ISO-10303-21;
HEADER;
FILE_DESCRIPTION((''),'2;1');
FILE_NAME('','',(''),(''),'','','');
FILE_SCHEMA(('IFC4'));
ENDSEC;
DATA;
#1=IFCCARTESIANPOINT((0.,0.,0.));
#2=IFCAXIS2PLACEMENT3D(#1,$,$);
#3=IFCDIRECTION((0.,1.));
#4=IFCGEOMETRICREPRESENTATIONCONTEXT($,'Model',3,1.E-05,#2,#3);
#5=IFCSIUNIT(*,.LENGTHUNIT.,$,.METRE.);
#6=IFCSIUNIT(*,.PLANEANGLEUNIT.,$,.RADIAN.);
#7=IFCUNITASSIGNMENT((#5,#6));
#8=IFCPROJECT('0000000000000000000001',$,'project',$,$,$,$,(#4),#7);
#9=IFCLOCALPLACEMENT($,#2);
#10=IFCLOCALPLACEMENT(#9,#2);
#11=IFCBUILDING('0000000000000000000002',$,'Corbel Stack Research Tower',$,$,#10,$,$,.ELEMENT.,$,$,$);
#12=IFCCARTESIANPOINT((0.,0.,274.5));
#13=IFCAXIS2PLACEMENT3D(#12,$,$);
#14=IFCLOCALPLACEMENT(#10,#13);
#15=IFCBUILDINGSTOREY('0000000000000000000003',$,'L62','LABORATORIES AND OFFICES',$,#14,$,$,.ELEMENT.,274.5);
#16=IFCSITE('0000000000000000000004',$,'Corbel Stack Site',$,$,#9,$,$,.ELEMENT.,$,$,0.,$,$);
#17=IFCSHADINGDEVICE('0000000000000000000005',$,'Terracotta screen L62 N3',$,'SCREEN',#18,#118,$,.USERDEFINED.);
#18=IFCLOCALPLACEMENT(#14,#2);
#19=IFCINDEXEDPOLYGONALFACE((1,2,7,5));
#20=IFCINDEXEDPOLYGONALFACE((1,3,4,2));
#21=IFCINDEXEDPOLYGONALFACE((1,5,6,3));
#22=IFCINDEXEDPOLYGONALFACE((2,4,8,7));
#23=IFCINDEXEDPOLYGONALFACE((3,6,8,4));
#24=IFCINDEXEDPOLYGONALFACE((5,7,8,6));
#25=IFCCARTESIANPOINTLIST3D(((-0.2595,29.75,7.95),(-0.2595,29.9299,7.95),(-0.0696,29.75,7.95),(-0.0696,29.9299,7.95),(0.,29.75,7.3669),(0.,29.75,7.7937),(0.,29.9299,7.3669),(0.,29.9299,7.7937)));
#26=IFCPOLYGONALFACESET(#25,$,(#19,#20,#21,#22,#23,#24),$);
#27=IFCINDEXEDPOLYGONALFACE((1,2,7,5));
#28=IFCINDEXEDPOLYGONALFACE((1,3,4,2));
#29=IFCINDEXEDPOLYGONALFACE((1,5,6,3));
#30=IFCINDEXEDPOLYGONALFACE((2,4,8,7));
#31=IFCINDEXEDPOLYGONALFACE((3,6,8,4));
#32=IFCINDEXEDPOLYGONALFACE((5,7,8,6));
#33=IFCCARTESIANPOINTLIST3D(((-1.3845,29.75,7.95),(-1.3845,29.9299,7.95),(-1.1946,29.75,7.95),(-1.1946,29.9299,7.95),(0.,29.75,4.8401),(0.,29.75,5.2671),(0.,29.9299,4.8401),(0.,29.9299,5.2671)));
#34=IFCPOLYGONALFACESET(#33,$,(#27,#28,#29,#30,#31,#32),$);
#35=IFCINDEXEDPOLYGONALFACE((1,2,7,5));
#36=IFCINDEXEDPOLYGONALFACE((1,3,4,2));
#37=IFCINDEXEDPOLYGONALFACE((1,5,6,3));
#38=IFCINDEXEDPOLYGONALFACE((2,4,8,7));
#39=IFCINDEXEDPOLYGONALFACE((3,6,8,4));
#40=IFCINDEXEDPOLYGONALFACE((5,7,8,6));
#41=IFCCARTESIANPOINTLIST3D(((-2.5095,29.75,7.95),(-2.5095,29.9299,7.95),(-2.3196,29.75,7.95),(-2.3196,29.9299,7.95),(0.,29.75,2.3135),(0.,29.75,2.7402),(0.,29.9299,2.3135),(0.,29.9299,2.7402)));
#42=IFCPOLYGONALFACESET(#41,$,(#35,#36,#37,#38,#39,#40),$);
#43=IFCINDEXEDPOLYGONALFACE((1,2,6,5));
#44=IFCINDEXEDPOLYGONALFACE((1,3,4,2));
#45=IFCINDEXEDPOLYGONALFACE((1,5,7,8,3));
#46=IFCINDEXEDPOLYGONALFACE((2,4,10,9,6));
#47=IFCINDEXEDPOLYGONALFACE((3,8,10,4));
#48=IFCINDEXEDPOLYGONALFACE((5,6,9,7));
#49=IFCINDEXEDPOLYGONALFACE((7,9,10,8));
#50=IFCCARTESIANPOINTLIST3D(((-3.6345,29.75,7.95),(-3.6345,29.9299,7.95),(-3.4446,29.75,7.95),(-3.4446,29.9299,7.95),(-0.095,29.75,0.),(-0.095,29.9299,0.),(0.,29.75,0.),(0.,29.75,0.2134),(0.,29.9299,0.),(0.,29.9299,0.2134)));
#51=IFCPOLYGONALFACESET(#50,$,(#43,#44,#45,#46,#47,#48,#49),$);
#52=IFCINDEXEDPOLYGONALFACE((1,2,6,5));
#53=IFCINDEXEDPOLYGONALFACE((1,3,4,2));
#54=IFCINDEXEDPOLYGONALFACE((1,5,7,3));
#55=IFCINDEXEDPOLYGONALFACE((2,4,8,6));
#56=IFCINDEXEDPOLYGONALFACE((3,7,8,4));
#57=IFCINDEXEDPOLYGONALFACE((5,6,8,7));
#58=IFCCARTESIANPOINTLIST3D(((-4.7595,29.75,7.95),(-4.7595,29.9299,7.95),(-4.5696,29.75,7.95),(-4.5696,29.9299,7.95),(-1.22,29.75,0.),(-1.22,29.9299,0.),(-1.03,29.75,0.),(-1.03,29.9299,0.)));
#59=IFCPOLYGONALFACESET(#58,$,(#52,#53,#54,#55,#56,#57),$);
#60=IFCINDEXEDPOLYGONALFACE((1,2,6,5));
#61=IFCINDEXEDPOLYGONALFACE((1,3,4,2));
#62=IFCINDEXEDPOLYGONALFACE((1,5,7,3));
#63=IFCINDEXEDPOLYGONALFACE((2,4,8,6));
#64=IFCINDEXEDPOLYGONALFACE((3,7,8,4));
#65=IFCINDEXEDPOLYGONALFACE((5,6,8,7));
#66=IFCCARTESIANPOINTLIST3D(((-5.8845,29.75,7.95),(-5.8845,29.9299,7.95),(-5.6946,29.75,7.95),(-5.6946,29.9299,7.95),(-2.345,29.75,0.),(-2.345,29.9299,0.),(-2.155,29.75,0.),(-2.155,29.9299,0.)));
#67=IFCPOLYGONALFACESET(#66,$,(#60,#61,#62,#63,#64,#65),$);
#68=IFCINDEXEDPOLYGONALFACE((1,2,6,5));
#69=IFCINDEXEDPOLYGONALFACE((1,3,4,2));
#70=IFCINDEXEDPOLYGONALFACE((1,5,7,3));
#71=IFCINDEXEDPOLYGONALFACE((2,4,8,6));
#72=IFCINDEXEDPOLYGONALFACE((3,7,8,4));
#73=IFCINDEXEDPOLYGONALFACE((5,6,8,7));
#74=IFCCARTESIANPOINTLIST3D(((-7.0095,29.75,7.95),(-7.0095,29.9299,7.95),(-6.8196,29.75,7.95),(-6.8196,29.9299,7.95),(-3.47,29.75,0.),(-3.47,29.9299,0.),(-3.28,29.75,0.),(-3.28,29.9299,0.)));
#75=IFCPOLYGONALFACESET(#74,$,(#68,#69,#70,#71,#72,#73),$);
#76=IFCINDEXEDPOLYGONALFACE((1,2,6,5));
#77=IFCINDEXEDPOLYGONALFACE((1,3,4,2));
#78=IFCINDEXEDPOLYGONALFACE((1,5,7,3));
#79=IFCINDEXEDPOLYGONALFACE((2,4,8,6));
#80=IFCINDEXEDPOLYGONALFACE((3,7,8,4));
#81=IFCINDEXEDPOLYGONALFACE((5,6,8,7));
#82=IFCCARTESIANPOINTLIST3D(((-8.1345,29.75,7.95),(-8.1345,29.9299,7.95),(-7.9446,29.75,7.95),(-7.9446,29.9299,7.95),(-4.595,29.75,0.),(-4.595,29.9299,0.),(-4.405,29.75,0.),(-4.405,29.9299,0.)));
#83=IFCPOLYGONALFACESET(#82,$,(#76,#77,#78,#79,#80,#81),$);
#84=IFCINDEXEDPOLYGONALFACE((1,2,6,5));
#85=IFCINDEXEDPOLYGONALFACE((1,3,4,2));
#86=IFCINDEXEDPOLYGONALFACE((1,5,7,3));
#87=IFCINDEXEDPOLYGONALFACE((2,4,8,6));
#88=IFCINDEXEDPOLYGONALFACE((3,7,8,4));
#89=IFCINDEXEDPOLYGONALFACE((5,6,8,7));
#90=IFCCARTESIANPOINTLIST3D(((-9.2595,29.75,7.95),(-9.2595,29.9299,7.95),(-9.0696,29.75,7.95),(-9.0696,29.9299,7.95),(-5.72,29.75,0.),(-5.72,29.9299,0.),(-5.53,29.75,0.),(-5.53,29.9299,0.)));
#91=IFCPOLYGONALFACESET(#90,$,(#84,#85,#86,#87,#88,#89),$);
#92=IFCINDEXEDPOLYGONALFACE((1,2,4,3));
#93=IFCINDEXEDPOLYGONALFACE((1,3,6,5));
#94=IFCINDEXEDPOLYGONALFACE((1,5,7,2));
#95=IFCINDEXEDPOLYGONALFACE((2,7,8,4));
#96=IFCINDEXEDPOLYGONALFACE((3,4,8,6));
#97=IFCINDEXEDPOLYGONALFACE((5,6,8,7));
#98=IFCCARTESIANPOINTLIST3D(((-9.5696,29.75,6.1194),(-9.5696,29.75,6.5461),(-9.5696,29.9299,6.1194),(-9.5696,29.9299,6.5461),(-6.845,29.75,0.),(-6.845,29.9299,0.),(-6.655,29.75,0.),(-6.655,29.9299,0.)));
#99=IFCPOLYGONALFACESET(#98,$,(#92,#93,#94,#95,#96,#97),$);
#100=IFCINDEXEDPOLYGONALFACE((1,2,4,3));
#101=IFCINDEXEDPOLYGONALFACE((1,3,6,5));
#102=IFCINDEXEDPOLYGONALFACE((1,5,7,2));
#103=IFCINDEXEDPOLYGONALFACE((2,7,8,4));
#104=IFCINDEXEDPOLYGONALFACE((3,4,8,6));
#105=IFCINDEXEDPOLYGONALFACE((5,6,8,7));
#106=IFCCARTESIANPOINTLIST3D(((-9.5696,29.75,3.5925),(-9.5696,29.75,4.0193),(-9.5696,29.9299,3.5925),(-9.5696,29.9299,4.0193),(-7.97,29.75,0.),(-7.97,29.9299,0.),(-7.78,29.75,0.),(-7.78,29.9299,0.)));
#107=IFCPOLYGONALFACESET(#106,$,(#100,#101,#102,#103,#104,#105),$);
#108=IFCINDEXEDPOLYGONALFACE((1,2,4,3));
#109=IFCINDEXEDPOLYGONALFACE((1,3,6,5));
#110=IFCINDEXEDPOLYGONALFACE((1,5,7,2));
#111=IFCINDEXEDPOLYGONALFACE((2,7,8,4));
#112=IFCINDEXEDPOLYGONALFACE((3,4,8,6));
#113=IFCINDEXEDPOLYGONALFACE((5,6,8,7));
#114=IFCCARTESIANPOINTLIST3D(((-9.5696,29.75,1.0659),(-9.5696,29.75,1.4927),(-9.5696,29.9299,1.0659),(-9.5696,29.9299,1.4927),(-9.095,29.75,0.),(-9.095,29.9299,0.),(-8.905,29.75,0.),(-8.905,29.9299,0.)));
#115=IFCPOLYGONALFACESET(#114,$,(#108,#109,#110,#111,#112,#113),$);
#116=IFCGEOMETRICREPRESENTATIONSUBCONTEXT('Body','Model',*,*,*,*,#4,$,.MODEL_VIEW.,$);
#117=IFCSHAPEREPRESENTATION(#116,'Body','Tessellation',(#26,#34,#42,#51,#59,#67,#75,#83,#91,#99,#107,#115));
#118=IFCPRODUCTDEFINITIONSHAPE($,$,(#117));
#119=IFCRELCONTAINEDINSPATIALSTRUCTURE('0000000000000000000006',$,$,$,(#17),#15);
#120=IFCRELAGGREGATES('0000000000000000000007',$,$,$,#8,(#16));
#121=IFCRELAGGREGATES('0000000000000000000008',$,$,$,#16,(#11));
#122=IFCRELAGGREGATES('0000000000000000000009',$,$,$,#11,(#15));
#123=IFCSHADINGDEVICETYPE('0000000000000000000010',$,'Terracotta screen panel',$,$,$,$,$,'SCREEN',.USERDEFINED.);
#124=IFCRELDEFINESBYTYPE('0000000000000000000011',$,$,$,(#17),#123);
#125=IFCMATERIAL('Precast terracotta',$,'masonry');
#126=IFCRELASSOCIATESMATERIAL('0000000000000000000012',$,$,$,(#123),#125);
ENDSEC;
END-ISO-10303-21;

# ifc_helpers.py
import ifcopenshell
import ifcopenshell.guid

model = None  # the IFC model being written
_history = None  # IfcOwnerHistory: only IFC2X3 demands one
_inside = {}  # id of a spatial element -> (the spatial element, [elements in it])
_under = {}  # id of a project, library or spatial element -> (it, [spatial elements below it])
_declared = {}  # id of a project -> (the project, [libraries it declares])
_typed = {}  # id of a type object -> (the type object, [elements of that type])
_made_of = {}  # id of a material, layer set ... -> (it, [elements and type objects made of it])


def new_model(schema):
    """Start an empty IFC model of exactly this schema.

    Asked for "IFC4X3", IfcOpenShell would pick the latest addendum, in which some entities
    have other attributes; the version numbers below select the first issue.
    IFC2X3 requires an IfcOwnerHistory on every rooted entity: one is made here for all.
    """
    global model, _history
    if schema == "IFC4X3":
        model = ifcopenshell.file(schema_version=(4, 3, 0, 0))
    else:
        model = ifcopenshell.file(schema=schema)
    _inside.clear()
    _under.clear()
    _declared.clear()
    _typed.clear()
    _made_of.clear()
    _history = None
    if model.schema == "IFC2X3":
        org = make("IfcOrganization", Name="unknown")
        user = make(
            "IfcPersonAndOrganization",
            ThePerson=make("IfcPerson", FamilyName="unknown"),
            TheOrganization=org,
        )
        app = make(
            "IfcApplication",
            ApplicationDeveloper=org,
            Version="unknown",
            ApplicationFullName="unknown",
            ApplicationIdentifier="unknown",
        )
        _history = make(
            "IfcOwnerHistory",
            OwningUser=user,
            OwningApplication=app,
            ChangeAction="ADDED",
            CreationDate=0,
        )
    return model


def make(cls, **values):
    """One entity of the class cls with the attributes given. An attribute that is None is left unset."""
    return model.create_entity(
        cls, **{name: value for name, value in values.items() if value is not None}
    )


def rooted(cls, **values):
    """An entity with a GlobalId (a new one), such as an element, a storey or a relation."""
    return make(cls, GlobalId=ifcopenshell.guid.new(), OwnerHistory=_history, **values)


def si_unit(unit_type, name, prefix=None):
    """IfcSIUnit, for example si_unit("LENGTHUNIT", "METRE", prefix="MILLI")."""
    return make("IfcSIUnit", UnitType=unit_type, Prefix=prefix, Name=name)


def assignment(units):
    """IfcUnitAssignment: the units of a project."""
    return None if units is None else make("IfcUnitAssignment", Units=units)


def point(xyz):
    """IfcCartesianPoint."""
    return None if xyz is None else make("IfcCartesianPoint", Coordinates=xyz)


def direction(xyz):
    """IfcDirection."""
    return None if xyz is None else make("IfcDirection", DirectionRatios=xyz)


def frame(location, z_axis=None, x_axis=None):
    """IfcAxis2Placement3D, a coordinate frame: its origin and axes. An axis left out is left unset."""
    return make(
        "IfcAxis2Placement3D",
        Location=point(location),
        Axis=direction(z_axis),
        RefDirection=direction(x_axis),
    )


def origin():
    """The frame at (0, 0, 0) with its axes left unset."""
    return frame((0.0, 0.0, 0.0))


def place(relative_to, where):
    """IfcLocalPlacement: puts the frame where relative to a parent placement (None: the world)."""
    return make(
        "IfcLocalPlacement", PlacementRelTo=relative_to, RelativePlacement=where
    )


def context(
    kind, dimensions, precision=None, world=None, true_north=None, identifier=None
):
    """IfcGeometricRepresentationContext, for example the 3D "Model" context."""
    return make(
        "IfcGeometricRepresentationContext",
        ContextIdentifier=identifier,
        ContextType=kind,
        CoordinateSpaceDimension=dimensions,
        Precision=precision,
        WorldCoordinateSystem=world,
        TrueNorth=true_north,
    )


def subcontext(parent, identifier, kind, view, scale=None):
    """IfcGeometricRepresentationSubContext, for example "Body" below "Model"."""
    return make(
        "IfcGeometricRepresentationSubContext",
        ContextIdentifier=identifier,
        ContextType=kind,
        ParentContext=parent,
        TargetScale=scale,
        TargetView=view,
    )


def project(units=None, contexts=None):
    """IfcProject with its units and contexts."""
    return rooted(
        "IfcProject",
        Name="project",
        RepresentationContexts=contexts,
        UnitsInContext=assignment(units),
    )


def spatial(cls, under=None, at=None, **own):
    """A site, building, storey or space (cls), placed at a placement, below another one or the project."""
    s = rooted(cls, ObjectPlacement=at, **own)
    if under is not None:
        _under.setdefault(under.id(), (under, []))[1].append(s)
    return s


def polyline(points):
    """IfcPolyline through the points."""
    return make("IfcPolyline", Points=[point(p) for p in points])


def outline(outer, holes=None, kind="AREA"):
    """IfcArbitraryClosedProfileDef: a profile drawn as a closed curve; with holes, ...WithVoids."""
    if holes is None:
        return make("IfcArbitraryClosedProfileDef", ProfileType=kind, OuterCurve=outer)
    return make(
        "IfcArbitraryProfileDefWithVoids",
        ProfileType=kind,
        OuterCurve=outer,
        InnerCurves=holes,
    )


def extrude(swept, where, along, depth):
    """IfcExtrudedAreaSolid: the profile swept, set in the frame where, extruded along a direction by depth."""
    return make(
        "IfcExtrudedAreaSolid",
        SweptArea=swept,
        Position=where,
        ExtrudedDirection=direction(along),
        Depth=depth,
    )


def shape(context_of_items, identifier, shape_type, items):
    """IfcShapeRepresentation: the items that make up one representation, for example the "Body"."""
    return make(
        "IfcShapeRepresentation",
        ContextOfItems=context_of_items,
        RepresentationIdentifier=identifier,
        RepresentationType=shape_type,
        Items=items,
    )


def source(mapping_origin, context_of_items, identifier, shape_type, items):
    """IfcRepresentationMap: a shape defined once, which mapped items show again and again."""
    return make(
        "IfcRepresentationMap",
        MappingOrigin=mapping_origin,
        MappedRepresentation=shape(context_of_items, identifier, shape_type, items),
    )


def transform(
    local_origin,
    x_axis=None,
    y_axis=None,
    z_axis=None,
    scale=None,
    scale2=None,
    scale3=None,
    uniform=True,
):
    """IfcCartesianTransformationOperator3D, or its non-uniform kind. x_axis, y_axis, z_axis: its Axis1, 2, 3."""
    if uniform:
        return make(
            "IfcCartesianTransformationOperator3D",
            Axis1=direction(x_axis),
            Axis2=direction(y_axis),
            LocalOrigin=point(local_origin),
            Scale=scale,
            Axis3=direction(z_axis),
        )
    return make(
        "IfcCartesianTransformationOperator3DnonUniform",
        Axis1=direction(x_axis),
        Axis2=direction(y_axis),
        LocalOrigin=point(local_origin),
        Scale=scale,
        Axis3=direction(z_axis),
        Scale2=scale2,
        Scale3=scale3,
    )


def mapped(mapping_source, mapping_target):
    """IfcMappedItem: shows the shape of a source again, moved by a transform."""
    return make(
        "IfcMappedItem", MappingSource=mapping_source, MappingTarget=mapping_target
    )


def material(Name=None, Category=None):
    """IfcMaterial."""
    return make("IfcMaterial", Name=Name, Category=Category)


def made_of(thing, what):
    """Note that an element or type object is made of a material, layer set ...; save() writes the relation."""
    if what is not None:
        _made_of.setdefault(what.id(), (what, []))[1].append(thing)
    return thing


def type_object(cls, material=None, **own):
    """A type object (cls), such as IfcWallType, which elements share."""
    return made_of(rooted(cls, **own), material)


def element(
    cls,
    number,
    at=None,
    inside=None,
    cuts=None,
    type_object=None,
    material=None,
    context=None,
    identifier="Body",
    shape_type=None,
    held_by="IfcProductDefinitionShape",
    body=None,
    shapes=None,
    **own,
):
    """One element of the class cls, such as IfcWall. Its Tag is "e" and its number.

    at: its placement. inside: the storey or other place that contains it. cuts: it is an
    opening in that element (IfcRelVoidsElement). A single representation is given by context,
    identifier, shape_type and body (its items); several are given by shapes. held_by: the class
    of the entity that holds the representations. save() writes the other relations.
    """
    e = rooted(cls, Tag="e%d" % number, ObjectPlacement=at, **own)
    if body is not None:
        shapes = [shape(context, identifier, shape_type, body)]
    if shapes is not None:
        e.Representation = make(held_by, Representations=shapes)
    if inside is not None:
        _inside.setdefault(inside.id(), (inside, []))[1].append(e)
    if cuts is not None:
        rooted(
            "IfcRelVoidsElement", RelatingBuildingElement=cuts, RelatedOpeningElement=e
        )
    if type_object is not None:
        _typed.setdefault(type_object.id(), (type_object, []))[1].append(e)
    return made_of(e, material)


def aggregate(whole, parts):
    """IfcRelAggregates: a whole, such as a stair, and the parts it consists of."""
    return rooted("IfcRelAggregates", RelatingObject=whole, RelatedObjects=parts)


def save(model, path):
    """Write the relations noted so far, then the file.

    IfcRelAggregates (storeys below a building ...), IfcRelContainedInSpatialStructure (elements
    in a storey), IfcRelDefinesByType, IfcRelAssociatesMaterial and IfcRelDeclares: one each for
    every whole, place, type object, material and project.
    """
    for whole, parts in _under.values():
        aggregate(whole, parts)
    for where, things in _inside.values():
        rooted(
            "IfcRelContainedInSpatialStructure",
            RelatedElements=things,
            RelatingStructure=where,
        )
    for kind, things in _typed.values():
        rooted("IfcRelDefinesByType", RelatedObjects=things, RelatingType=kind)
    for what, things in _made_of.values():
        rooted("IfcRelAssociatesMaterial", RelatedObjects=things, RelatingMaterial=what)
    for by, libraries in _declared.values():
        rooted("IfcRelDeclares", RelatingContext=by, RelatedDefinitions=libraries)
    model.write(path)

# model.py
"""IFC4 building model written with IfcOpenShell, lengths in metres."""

from ifc_helpers import new_model, si_unit, direction, frame, origin, place, context, subcontext, project, spatial, polyline, outline, extrude, source, transform, mapped, material, type_object, element, save


model = new_model("IFC4")

# Units and contexts
model_context = context("Model", 3, precision=1e-05, world=origin(), true_north=direction((0.0, 1.0)))
body_context = subcontext(model_context, "Body", "Model", "MODEL_VIEW")
ifc_project = project(units=[si_unit("LENGTHUNIT", "METRE"), si_unit("PLANEANGLEUNIT", "RADIAN")], contexts=[model_context])

# Site, building, storey
site_placement = place(None, origin())
site = spatial("IfcSite", under=ifc_project, at=site_placement, Name="Corbel Stack Site", CompositionType="ELEMENT", RefElevation=0.0)
building_placement = place(site_placement, origin())
building = spatial("IfcBuilding", under=site, at=building_placement, Name="Corbel Stack Research Tower", CompositionType="ELEMENT")
storey_placement = place(building_placement, frame((0.0, 0.0, 274.5)))
storey = spatial("IfcBuildingStorey", under=building, at=storey_placement, Name="L62", Description="LABORATORIES AND OFFICES", CompositionType="ELEMENT", Elevation=274.5)

# Shading device
ifc_material_1 = material(Name="Precast terracotta", Category="masonry")
shading_device_type = type_object("IfcShadingDeviceType", Name="Terracotta screen panel", ElementType="SCREEN", PredefinedType="USERDEFINED", material=ifc_material_1)
shared_shape_1 = source(origin(), body_context, "Body", "SweptSolid", [
    extrude(outline(polyline([(0.2595, 7.95), (0.0696, 7.95), (0.0, 7.7937), (0.0, 7.3669), (0.2595, 7.95)])), frame((0.0, 0.0, 0.0), z_axis=(0.0, -1.0, 0.0), x_axis=(1.0, 0.0, 0.0)), (0.0, 0.0, 1.0), 0.1799),
    extrude(outline(polyline([(1.3845, 7.95), (1.1946, 7.95), (0.0, 5.2671), (0.0, 4.8401), (1.3845, 7.95)])), frame((0.0, 0.0, 0.0), z_axis=(0.0, -1.0, 0.0), x_axis=(1.0, 0.0, 0.0)), (0.0, 0.0, 1.0), 0.1799),
    extrude(outline(polyline([(2.5095, 7.95), (2.3196, 7.95), (0.0, 2.7402), (0.0, 2.3135), (2.5095, 7.95)])), frame((0.0, 0.0, 0.0), z_axis=(0.0, -1.0, 0.0), x_axis=(1.0, 0.0, 0.0)), (0.0, 0.0, 1.0), 0.1799),
    extrude(outline(polyline([(0.095, 0.0), (3.6345, 7.95), (3.4446, 7.95), (0.0, 0.2134), (0.0, 0.0), (0.095, 0.0)])), frame((0.0, 0.0, 0.0), z_axis=(0.0, -1.0, 0.0), x_axis=(1.0, 0.0, 0.0)), (0.0, 0.0, 1.0), 0.1799),
    extrude(outline(polyline([(1.22, 0.0), (4.7595, 7.95), (4.5696, 7.95), (1.03, 0.0), (1.22, 0.0)])), frame((0.0, 0.0, 0.0), z_axis=(0.0, -1.0, 0.0), x_axis=(1.0, 0.0, 0.0)), (0.0, 0.0, 1.0), 0.1799),
    extrude(outline(polyline([(2.345, 0.0), (5.8845, 7.95), (5.6946, 7.95), (2.155, 0.0), (2.345, 0.0)])), frame((0.0, 0.0, 0.0), z_axis=(0.0, -1.0, 0.0), x_axis=(1.0, 0.0, 0.0)), (0.0, 0.0, 1.0), 0.1799),
    extrude(outline(polyline([(3.47, 0.0), (7.0095, 7.95), (6.8196, 7.95), (3.28, 0.0), (3.47, 0.0)])), frame((0.0, 0.0, 0.0), z_axis=(0.0, -1.0, 0.0), x_axis=(1.0, 0.0, 0.0)), (0.0, 0.0, 1.0), 0.1799),
    extrude(outline(polyline([(4.595, 0.0), (8.1345, 7.95), (7.9446, 7.95), (4.405, 0.0), (4.595, 0.0)])), frame((0.0, 0.0, 0.0), z_axis=(0.0, -1.0, 0.0), x_axis=(1.0, 0.0, 0.0)), (0.0, 0.0, 1.0), 0.1799),
    extrude(outline(polyline([(5.72, 0.0), (9.2595, 7.95), (9.0696, 7.95), (5.53, 0.0), (5.72, 0.0)])), frame((0.0, 0.0, 0.0), z_axis=(0.0, -1.0, 0.0), x_axis=(1.0, 0.0, 0.0)), (0.0, 0.0, 1.0), 0.1799),
    extrude(outline(polyline([(6.845, 0.0), (9.5696, 6.1194), (9.5696, 6.5461), (6.655, 0.0), (6.845, 0.0)])), frame((0.0, 0.0, 0.0), z_axis=(0.0, -1.0, 0.0), x_axis=(1.0, 0.0, 0.0)), (0.0, 0.0, 1.0), 0.1799),
    extrude(outline(polyline([(7.97, 0.0), (9.5696, 3.5925), (9.5696, 4.0193), (7.78, 0.0), (7.97, 0.0)])), frame((0.0, 0.0, 0.0), z_axis=(0.0, -1.0, 0.0), x_axis=(1.0, 0.0, 0.0)), (0.0, 0.0, 1.0), 0.1799),
    extrude(outline(polyline([(9.095, 0.0), (9.5696, 1.0659), (9.5696, 1.4927), (8.905, 0.0), (9.095, 0.0)])), frame((0.0, 0.0, 0.0), z_axis=(0.0, -1.0, 0.0), x_axis=(1.0, 0.0, 0.0)), (0.0, 0.0, 1.0), 0.1799),
])
shading_device_1_placement = place(storey_placement, frame((0.0, 29.75, 0.0), z_axis=(0.0, 0.0, 1.0), x_axis=(-1.0, 0.0, 0.0)))
element("IfcShadingDevice", 1, at=shading_device_1_placement, inside=storey, type_object=shading_device_type, Name="Terracotta screen L62 N3", ObjectType="SCREEN", PredefinedType="USERDEFINED", context=body_context, shape_type="MappedRepresentation", body=[
    mapped(shared_shape_1, transform((0.0, 0.0, 0.0))),
])

save(model, "model.ifc")
